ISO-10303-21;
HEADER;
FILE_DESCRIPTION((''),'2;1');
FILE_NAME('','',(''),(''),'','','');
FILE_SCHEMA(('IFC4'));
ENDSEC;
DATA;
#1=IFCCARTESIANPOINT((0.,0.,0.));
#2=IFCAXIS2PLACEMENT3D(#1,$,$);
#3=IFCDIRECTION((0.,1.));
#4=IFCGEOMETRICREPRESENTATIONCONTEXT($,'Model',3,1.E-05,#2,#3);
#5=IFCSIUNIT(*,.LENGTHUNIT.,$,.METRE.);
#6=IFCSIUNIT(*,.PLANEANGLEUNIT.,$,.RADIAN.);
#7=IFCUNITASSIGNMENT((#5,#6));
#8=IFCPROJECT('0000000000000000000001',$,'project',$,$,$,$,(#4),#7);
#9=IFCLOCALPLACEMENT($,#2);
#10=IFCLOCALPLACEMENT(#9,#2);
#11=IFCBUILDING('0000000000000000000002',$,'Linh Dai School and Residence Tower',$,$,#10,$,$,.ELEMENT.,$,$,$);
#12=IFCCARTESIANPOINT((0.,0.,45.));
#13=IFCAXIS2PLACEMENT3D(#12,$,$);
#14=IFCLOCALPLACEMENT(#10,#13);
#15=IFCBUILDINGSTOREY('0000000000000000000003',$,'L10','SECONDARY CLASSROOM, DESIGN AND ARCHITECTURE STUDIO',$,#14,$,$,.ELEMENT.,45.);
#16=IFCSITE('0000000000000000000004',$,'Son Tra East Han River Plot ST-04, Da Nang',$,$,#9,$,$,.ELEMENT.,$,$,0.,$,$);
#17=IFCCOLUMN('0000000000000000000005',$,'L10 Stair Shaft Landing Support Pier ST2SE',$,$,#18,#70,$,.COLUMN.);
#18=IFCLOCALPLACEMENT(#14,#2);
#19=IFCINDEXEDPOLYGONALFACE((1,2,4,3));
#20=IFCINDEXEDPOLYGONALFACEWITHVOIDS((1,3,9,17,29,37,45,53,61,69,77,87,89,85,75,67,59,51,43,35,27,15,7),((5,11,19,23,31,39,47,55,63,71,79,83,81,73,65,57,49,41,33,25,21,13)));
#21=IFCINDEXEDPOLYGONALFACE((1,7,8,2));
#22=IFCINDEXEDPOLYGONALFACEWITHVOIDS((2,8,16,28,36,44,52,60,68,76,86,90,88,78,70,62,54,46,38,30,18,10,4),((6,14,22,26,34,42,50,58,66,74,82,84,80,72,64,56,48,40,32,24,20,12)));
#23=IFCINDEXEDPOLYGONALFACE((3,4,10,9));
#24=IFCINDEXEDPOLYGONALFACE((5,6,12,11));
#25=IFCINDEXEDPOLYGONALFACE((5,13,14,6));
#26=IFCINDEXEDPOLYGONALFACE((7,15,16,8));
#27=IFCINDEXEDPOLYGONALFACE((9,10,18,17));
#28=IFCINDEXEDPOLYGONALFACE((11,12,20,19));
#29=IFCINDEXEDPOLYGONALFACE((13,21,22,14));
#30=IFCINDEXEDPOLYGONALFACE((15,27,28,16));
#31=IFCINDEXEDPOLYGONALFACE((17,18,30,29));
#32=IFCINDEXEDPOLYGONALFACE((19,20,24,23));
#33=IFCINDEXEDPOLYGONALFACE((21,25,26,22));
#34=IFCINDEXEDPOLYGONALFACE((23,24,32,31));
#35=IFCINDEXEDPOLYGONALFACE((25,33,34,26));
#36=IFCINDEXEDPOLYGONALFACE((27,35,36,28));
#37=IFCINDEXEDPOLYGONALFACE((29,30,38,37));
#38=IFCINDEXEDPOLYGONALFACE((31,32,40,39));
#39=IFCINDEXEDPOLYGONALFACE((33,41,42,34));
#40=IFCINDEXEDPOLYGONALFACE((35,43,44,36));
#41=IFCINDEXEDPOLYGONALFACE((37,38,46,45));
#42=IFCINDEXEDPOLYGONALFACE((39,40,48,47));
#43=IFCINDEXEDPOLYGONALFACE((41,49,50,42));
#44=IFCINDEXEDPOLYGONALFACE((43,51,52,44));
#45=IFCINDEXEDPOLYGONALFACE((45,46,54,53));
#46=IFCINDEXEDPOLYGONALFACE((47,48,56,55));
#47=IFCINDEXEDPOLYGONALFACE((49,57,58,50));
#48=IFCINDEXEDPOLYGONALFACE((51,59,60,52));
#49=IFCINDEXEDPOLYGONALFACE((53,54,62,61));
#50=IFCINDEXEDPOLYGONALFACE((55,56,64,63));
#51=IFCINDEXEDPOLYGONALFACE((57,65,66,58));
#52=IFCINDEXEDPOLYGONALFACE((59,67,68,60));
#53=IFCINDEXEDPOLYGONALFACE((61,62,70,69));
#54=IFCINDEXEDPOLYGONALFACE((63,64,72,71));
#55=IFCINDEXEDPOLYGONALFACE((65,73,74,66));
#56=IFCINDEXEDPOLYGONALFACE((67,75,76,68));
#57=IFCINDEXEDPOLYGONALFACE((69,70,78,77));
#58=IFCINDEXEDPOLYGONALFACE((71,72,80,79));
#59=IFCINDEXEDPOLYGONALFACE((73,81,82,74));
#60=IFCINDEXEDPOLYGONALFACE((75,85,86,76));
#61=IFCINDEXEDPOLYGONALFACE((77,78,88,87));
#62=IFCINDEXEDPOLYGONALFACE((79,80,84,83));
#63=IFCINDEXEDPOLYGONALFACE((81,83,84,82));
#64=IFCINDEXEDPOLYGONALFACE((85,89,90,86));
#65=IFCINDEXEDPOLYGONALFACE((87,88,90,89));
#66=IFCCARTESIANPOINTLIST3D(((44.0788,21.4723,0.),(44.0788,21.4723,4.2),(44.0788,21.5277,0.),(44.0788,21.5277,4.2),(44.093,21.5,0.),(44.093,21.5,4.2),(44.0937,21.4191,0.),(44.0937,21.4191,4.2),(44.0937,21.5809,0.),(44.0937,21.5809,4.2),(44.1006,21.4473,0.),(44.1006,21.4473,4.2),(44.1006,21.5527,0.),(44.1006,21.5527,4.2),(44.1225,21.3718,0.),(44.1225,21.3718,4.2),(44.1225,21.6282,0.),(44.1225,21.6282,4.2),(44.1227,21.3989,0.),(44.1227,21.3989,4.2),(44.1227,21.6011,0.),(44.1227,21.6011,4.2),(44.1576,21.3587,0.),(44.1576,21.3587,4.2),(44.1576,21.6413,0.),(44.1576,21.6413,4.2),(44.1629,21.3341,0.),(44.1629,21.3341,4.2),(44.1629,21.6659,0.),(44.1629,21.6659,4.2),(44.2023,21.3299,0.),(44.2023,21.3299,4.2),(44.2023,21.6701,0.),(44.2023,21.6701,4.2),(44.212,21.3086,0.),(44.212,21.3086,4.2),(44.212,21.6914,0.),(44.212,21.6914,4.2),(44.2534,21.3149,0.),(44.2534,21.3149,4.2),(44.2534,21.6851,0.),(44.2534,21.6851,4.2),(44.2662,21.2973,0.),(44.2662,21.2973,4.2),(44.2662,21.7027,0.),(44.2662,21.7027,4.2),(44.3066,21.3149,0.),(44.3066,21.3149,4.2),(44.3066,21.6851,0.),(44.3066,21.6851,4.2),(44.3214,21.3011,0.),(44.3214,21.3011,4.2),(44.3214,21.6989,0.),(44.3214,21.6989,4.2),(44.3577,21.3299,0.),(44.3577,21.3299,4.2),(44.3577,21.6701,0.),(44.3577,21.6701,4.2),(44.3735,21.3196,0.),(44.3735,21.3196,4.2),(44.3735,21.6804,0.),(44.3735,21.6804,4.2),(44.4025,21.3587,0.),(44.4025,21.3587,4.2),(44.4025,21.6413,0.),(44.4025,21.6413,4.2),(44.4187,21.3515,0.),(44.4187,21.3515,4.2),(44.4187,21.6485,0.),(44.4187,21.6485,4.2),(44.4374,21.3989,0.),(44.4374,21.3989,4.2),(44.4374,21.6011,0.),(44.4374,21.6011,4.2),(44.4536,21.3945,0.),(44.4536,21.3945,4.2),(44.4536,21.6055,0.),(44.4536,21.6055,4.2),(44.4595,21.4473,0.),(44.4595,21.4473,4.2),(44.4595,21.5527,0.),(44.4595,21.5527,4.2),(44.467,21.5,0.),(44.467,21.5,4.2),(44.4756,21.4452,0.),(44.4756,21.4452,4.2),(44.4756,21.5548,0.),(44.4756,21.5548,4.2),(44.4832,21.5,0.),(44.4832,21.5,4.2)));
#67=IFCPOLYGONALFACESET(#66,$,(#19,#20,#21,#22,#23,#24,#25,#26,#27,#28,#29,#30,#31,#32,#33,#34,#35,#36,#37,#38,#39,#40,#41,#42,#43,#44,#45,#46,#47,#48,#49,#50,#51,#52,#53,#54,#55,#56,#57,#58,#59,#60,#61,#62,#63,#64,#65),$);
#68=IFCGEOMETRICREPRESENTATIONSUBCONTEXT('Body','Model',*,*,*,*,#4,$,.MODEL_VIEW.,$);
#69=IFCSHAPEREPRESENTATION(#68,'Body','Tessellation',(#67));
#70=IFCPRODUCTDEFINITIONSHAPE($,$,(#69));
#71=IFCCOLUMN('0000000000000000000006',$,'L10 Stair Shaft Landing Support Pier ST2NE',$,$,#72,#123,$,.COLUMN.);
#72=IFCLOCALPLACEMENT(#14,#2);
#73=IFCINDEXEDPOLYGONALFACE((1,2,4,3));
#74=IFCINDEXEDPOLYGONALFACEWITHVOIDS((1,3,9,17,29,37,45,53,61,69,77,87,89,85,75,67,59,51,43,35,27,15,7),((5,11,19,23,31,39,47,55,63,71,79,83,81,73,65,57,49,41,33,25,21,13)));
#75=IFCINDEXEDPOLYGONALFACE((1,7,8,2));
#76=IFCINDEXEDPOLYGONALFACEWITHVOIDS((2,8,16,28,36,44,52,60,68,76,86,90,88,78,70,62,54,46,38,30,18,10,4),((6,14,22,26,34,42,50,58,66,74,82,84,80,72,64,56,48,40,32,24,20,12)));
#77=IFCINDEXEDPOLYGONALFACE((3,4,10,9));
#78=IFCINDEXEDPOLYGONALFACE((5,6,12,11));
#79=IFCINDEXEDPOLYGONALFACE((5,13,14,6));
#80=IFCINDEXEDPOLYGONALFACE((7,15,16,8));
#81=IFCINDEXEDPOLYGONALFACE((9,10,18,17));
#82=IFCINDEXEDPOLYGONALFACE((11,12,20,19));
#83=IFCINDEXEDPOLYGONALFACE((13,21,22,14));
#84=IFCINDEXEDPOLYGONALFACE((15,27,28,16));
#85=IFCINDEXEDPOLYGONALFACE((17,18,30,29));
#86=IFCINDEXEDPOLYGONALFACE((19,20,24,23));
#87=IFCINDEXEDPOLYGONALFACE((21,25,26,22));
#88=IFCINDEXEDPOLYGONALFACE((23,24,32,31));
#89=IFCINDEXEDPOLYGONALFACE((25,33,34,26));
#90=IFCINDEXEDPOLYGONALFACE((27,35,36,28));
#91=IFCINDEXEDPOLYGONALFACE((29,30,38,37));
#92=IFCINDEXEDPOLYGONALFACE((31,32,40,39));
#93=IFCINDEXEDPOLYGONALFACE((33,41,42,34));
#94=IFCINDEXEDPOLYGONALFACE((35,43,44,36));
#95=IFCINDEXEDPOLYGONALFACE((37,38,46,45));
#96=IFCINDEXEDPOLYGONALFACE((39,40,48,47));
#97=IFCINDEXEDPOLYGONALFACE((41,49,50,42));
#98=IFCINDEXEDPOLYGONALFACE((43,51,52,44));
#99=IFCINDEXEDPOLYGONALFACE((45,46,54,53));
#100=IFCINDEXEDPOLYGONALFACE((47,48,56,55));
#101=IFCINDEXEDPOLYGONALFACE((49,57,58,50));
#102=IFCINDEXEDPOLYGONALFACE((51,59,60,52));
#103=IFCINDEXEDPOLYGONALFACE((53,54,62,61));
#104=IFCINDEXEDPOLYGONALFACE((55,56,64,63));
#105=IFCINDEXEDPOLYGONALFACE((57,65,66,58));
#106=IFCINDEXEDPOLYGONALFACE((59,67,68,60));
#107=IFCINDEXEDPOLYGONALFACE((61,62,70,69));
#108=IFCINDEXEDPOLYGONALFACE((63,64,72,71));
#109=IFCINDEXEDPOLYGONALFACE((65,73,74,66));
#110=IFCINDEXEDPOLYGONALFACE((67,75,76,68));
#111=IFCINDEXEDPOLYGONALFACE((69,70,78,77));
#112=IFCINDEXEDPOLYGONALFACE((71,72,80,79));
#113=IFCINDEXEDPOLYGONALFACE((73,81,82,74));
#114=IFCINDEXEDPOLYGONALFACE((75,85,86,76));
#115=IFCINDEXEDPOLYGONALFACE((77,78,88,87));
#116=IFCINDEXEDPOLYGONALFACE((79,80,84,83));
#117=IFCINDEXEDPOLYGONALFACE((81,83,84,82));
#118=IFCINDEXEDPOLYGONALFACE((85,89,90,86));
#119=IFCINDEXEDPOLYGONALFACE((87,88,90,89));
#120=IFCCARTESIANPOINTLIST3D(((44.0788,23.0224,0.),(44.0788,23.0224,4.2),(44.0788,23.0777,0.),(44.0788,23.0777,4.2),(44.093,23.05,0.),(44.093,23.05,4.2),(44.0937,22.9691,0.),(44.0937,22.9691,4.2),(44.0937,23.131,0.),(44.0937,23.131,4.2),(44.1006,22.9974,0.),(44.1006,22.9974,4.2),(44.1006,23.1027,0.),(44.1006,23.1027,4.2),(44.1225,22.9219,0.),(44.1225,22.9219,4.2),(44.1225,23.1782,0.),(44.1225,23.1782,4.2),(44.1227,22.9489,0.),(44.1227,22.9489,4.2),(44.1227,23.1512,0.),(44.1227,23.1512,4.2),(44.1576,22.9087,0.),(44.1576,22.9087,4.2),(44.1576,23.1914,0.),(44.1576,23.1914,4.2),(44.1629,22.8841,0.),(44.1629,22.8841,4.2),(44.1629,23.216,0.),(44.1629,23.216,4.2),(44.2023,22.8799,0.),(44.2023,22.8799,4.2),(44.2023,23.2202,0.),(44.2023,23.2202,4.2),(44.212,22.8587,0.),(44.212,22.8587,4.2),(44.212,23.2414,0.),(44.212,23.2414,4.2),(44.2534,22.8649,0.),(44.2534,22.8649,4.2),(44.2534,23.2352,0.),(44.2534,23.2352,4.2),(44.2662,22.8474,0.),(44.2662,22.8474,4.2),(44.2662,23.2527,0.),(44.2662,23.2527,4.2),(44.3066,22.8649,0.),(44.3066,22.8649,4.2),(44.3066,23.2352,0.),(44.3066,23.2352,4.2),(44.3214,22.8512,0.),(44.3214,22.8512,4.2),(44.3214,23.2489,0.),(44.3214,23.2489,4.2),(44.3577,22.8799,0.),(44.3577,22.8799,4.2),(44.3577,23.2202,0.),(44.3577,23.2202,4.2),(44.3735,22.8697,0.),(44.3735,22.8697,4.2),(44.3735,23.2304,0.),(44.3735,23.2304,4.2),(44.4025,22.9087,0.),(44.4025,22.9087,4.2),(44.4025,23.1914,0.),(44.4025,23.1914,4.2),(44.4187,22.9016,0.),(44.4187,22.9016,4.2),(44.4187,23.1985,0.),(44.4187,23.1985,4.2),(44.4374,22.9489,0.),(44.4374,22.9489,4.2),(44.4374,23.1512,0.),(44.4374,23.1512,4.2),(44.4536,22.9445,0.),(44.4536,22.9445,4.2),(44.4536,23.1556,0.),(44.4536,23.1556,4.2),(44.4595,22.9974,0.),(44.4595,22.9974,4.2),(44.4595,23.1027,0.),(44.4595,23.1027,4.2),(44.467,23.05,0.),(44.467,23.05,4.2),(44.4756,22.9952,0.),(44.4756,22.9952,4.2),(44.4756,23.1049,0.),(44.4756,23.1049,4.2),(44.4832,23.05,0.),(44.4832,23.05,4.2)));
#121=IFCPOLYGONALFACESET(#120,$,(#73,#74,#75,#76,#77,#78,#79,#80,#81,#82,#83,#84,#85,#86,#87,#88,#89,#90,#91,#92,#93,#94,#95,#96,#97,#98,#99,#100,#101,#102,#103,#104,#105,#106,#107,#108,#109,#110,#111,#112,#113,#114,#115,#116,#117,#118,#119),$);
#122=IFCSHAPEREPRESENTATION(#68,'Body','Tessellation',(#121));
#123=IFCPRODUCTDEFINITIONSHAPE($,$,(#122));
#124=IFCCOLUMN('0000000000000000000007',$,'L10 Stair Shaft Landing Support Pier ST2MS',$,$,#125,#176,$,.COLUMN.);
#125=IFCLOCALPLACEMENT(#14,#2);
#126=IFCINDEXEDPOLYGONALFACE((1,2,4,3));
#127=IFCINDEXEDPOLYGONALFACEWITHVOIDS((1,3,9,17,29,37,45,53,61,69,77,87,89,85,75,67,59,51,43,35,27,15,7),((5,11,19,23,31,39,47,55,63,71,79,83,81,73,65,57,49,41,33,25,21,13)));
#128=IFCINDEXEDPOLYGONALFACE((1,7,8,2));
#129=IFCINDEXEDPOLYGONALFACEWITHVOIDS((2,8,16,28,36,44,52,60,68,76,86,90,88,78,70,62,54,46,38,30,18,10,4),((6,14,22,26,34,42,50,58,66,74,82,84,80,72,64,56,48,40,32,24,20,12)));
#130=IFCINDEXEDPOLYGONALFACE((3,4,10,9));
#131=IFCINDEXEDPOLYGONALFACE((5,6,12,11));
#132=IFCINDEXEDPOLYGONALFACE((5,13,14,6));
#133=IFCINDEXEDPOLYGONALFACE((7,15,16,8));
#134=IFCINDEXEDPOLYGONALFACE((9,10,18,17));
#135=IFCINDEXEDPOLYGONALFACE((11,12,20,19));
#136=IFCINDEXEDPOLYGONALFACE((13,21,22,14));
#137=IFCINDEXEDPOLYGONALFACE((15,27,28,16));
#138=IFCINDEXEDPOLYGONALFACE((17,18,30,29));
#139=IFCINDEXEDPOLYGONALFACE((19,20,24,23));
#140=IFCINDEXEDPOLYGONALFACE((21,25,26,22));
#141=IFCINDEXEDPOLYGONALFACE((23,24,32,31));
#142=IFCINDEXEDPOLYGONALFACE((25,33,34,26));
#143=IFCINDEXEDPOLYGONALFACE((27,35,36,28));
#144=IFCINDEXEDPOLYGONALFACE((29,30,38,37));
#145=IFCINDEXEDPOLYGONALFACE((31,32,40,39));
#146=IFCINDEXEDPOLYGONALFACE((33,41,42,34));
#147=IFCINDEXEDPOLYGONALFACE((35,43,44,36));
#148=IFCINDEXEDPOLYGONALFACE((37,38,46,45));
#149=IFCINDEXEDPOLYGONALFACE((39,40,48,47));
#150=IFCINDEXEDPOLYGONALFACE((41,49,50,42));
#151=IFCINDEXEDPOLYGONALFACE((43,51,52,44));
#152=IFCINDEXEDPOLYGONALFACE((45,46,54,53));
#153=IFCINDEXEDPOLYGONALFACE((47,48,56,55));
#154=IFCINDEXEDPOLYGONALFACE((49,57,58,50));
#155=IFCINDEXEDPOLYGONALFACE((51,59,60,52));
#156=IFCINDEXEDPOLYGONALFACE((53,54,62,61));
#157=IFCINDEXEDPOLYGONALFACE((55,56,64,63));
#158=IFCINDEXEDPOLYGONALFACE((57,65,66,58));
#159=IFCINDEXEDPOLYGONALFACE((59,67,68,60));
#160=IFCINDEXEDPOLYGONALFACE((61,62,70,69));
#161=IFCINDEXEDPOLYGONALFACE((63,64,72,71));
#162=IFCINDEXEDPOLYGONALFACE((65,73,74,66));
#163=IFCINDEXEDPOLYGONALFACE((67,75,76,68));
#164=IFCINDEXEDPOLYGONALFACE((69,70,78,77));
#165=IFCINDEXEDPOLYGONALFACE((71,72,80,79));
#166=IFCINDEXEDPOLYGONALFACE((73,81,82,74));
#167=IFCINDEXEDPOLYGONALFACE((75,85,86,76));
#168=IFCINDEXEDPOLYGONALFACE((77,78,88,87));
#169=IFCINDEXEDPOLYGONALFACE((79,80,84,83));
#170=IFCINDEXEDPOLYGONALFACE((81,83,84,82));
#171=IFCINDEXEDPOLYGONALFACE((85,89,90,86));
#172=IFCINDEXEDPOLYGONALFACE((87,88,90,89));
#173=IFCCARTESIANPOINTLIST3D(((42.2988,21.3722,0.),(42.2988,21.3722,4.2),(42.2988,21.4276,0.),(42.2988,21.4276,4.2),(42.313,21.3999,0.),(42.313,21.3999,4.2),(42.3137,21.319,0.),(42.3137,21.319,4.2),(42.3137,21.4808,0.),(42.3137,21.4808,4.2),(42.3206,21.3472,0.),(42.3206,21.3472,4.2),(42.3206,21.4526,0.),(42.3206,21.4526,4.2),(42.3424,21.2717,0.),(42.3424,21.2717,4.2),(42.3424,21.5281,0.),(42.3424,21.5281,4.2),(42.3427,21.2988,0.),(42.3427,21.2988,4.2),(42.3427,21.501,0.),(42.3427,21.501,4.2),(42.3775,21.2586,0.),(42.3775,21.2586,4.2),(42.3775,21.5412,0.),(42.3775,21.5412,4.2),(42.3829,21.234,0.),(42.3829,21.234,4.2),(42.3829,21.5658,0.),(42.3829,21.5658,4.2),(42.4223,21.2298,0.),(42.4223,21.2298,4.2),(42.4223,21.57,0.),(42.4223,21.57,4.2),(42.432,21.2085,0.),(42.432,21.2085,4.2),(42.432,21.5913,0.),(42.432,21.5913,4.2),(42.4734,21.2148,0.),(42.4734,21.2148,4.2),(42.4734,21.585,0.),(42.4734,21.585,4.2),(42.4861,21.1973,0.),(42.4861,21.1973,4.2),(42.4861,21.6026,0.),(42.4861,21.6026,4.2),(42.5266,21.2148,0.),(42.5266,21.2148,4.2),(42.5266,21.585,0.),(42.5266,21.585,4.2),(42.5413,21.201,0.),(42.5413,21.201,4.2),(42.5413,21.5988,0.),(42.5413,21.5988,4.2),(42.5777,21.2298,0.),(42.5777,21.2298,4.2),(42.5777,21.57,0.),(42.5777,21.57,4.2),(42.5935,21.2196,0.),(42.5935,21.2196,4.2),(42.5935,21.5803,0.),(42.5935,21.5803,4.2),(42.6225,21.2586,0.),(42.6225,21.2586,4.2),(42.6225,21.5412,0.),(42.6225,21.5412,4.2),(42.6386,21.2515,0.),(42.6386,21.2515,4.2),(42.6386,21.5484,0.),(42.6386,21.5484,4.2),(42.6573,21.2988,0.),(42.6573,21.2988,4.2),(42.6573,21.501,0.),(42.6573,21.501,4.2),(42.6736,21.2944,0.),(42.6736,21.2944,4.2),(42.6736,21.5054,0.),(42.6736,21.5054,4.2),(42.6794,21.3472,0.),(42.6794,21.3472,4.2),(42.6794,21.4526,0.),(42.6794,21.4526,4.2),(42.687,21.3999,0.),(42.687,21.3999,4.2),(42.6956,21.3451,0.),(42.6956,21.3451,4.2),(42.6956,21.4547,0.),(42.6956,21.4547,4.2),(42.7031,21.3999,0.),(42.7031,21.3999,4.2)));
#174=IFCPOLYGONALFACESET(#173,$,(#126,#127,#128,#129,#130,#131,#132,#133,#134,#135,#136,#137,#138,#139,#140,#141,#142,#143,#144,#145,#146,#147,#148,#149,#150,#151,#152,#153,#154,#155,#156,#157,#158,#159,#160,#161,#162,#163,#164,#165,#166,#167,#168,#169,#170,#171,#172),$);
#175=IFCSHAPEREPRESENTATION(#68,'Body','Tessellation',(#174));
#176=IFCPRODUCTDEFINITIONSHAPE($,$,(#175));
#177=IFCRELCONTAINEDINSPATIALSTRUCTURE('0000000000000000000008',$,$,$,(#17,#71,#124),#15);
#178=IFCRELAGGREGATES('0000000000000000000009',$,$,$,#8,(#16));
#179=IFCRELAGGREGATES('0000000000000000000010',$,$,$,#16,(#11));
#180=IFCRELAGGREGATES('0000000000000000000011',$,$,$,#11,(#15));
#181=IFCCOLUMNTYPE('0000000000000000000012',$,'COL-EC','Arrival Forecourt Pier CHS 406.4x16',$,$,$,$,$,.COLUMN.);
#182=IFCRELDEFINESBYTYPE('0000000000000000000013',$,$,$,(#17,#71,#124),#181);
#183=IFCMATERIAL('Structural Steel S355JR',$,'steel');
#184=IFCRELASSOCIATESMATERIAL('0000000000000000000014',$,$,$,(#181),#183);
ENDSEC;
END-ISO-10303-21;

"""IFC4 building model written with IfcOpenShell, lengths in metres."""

from ifc_helpers import new_model, si_unit, direction, frame, origin, origin_2d, place, context, subcontext, project, spatial, hollow_circle, extrude, material, material_profile, profile_set, type_object, element, save


model = new_model("IFC4")

# Units and contexts
model_context = context("Model", 3, precision=1e-05, world=origin(), true_north=direction((0.0, 1.0)))
body_context = subcontext(model_context, "Body", "Model", "MODEL_VIEW")
ifc_project = project(units=[si_unit("LENGTHUNIT", "METRE"), si_unit("PLANEANGLEUNIT", "RADIAN")], contexts=[model_context])

# Site, building, storey
site_placement = place(None, origin())
site = spatial("IfcSite", under=ifc_project, at=site_placement, Name="Son Tra East Han River Plot ST-04, Da Nang", CompositionType="ELEMENT", RefElevation=0.0)
building_placement = place(site_placement, origin())
building = spatial("IfcBuilding", under=site, at=building_placement, Name="Linh Dai School and Residence Tower", CompositionType="ELEMENT")
storey_placement = place(building_placement, frame((0.0, 0.0, 45.0)))
storey = spatial("IfcBuildingStorey", under=building, at=storey_placement, Name="L10", Description="SECONDARY CLASSROOM, DESIGN AND ARCHITECTURE STUDIO", CompositionType="ELEMENT", Elevation=45.0)

# Columns
ifc_material_1 = material(Name="Structural Steel S355JR", Category="steel")
ifc_material_profile_1 = material_profile(ifc_material_1, hollow_circle(Radius=0.2031, WallThickness=0.0161, at=origin_2d()), Name="CHS 406.4x16")
ifc_profile_set_1 = profile_set([ifc_material_profile_1], Name="Structural Steel S355JR")
column_type_1 = type_object("IfcColumnType", Name="COL-EC", Description="Arrival Forecourt Pier CHS 406.4x16", PredefinedType="COLUMN", material=ifc_profile_set_1)
for number, where, z_axis, x_axis, name in (
    (1, (44.28, 21.5, 0.0), (0.0, 0.0, 1.0), (1.0, 0.0, 0.0), "L10 Stair Shaft Landing Support Pier ST2SE"),
    (2, (44.28, 23.05, 0.0), (0.0, 0.0, 1.0), (1.0, 0.0, 0.0), "L10 Stair Shaft Landing Support Pier ST2NE"),
    (3, (42.5, 21.3999, 0.0), (0.0, 0.0, 1.0), (1.0, 0.0, 0.0), "L10 Stair Shaft Landing Support Pier ST2MS"),
):
    element("IfcColumn", number, at=place(storey_placement, frame(where, z_axis=z_axis, x_axis=x_axis)), inside=storey, type_object=column_type_1, Name=name, PredefinedType="COLUMN", context=body_context, shape_type="SweptSolid", body=[
        extrude(hollow_circle(Radius=0.2031, WallThickness=0.0161, at=origin_2d()), origin(), (0.0, 0.0, 1.0), 4.2),
    ])

save(model, "model.ifc")
